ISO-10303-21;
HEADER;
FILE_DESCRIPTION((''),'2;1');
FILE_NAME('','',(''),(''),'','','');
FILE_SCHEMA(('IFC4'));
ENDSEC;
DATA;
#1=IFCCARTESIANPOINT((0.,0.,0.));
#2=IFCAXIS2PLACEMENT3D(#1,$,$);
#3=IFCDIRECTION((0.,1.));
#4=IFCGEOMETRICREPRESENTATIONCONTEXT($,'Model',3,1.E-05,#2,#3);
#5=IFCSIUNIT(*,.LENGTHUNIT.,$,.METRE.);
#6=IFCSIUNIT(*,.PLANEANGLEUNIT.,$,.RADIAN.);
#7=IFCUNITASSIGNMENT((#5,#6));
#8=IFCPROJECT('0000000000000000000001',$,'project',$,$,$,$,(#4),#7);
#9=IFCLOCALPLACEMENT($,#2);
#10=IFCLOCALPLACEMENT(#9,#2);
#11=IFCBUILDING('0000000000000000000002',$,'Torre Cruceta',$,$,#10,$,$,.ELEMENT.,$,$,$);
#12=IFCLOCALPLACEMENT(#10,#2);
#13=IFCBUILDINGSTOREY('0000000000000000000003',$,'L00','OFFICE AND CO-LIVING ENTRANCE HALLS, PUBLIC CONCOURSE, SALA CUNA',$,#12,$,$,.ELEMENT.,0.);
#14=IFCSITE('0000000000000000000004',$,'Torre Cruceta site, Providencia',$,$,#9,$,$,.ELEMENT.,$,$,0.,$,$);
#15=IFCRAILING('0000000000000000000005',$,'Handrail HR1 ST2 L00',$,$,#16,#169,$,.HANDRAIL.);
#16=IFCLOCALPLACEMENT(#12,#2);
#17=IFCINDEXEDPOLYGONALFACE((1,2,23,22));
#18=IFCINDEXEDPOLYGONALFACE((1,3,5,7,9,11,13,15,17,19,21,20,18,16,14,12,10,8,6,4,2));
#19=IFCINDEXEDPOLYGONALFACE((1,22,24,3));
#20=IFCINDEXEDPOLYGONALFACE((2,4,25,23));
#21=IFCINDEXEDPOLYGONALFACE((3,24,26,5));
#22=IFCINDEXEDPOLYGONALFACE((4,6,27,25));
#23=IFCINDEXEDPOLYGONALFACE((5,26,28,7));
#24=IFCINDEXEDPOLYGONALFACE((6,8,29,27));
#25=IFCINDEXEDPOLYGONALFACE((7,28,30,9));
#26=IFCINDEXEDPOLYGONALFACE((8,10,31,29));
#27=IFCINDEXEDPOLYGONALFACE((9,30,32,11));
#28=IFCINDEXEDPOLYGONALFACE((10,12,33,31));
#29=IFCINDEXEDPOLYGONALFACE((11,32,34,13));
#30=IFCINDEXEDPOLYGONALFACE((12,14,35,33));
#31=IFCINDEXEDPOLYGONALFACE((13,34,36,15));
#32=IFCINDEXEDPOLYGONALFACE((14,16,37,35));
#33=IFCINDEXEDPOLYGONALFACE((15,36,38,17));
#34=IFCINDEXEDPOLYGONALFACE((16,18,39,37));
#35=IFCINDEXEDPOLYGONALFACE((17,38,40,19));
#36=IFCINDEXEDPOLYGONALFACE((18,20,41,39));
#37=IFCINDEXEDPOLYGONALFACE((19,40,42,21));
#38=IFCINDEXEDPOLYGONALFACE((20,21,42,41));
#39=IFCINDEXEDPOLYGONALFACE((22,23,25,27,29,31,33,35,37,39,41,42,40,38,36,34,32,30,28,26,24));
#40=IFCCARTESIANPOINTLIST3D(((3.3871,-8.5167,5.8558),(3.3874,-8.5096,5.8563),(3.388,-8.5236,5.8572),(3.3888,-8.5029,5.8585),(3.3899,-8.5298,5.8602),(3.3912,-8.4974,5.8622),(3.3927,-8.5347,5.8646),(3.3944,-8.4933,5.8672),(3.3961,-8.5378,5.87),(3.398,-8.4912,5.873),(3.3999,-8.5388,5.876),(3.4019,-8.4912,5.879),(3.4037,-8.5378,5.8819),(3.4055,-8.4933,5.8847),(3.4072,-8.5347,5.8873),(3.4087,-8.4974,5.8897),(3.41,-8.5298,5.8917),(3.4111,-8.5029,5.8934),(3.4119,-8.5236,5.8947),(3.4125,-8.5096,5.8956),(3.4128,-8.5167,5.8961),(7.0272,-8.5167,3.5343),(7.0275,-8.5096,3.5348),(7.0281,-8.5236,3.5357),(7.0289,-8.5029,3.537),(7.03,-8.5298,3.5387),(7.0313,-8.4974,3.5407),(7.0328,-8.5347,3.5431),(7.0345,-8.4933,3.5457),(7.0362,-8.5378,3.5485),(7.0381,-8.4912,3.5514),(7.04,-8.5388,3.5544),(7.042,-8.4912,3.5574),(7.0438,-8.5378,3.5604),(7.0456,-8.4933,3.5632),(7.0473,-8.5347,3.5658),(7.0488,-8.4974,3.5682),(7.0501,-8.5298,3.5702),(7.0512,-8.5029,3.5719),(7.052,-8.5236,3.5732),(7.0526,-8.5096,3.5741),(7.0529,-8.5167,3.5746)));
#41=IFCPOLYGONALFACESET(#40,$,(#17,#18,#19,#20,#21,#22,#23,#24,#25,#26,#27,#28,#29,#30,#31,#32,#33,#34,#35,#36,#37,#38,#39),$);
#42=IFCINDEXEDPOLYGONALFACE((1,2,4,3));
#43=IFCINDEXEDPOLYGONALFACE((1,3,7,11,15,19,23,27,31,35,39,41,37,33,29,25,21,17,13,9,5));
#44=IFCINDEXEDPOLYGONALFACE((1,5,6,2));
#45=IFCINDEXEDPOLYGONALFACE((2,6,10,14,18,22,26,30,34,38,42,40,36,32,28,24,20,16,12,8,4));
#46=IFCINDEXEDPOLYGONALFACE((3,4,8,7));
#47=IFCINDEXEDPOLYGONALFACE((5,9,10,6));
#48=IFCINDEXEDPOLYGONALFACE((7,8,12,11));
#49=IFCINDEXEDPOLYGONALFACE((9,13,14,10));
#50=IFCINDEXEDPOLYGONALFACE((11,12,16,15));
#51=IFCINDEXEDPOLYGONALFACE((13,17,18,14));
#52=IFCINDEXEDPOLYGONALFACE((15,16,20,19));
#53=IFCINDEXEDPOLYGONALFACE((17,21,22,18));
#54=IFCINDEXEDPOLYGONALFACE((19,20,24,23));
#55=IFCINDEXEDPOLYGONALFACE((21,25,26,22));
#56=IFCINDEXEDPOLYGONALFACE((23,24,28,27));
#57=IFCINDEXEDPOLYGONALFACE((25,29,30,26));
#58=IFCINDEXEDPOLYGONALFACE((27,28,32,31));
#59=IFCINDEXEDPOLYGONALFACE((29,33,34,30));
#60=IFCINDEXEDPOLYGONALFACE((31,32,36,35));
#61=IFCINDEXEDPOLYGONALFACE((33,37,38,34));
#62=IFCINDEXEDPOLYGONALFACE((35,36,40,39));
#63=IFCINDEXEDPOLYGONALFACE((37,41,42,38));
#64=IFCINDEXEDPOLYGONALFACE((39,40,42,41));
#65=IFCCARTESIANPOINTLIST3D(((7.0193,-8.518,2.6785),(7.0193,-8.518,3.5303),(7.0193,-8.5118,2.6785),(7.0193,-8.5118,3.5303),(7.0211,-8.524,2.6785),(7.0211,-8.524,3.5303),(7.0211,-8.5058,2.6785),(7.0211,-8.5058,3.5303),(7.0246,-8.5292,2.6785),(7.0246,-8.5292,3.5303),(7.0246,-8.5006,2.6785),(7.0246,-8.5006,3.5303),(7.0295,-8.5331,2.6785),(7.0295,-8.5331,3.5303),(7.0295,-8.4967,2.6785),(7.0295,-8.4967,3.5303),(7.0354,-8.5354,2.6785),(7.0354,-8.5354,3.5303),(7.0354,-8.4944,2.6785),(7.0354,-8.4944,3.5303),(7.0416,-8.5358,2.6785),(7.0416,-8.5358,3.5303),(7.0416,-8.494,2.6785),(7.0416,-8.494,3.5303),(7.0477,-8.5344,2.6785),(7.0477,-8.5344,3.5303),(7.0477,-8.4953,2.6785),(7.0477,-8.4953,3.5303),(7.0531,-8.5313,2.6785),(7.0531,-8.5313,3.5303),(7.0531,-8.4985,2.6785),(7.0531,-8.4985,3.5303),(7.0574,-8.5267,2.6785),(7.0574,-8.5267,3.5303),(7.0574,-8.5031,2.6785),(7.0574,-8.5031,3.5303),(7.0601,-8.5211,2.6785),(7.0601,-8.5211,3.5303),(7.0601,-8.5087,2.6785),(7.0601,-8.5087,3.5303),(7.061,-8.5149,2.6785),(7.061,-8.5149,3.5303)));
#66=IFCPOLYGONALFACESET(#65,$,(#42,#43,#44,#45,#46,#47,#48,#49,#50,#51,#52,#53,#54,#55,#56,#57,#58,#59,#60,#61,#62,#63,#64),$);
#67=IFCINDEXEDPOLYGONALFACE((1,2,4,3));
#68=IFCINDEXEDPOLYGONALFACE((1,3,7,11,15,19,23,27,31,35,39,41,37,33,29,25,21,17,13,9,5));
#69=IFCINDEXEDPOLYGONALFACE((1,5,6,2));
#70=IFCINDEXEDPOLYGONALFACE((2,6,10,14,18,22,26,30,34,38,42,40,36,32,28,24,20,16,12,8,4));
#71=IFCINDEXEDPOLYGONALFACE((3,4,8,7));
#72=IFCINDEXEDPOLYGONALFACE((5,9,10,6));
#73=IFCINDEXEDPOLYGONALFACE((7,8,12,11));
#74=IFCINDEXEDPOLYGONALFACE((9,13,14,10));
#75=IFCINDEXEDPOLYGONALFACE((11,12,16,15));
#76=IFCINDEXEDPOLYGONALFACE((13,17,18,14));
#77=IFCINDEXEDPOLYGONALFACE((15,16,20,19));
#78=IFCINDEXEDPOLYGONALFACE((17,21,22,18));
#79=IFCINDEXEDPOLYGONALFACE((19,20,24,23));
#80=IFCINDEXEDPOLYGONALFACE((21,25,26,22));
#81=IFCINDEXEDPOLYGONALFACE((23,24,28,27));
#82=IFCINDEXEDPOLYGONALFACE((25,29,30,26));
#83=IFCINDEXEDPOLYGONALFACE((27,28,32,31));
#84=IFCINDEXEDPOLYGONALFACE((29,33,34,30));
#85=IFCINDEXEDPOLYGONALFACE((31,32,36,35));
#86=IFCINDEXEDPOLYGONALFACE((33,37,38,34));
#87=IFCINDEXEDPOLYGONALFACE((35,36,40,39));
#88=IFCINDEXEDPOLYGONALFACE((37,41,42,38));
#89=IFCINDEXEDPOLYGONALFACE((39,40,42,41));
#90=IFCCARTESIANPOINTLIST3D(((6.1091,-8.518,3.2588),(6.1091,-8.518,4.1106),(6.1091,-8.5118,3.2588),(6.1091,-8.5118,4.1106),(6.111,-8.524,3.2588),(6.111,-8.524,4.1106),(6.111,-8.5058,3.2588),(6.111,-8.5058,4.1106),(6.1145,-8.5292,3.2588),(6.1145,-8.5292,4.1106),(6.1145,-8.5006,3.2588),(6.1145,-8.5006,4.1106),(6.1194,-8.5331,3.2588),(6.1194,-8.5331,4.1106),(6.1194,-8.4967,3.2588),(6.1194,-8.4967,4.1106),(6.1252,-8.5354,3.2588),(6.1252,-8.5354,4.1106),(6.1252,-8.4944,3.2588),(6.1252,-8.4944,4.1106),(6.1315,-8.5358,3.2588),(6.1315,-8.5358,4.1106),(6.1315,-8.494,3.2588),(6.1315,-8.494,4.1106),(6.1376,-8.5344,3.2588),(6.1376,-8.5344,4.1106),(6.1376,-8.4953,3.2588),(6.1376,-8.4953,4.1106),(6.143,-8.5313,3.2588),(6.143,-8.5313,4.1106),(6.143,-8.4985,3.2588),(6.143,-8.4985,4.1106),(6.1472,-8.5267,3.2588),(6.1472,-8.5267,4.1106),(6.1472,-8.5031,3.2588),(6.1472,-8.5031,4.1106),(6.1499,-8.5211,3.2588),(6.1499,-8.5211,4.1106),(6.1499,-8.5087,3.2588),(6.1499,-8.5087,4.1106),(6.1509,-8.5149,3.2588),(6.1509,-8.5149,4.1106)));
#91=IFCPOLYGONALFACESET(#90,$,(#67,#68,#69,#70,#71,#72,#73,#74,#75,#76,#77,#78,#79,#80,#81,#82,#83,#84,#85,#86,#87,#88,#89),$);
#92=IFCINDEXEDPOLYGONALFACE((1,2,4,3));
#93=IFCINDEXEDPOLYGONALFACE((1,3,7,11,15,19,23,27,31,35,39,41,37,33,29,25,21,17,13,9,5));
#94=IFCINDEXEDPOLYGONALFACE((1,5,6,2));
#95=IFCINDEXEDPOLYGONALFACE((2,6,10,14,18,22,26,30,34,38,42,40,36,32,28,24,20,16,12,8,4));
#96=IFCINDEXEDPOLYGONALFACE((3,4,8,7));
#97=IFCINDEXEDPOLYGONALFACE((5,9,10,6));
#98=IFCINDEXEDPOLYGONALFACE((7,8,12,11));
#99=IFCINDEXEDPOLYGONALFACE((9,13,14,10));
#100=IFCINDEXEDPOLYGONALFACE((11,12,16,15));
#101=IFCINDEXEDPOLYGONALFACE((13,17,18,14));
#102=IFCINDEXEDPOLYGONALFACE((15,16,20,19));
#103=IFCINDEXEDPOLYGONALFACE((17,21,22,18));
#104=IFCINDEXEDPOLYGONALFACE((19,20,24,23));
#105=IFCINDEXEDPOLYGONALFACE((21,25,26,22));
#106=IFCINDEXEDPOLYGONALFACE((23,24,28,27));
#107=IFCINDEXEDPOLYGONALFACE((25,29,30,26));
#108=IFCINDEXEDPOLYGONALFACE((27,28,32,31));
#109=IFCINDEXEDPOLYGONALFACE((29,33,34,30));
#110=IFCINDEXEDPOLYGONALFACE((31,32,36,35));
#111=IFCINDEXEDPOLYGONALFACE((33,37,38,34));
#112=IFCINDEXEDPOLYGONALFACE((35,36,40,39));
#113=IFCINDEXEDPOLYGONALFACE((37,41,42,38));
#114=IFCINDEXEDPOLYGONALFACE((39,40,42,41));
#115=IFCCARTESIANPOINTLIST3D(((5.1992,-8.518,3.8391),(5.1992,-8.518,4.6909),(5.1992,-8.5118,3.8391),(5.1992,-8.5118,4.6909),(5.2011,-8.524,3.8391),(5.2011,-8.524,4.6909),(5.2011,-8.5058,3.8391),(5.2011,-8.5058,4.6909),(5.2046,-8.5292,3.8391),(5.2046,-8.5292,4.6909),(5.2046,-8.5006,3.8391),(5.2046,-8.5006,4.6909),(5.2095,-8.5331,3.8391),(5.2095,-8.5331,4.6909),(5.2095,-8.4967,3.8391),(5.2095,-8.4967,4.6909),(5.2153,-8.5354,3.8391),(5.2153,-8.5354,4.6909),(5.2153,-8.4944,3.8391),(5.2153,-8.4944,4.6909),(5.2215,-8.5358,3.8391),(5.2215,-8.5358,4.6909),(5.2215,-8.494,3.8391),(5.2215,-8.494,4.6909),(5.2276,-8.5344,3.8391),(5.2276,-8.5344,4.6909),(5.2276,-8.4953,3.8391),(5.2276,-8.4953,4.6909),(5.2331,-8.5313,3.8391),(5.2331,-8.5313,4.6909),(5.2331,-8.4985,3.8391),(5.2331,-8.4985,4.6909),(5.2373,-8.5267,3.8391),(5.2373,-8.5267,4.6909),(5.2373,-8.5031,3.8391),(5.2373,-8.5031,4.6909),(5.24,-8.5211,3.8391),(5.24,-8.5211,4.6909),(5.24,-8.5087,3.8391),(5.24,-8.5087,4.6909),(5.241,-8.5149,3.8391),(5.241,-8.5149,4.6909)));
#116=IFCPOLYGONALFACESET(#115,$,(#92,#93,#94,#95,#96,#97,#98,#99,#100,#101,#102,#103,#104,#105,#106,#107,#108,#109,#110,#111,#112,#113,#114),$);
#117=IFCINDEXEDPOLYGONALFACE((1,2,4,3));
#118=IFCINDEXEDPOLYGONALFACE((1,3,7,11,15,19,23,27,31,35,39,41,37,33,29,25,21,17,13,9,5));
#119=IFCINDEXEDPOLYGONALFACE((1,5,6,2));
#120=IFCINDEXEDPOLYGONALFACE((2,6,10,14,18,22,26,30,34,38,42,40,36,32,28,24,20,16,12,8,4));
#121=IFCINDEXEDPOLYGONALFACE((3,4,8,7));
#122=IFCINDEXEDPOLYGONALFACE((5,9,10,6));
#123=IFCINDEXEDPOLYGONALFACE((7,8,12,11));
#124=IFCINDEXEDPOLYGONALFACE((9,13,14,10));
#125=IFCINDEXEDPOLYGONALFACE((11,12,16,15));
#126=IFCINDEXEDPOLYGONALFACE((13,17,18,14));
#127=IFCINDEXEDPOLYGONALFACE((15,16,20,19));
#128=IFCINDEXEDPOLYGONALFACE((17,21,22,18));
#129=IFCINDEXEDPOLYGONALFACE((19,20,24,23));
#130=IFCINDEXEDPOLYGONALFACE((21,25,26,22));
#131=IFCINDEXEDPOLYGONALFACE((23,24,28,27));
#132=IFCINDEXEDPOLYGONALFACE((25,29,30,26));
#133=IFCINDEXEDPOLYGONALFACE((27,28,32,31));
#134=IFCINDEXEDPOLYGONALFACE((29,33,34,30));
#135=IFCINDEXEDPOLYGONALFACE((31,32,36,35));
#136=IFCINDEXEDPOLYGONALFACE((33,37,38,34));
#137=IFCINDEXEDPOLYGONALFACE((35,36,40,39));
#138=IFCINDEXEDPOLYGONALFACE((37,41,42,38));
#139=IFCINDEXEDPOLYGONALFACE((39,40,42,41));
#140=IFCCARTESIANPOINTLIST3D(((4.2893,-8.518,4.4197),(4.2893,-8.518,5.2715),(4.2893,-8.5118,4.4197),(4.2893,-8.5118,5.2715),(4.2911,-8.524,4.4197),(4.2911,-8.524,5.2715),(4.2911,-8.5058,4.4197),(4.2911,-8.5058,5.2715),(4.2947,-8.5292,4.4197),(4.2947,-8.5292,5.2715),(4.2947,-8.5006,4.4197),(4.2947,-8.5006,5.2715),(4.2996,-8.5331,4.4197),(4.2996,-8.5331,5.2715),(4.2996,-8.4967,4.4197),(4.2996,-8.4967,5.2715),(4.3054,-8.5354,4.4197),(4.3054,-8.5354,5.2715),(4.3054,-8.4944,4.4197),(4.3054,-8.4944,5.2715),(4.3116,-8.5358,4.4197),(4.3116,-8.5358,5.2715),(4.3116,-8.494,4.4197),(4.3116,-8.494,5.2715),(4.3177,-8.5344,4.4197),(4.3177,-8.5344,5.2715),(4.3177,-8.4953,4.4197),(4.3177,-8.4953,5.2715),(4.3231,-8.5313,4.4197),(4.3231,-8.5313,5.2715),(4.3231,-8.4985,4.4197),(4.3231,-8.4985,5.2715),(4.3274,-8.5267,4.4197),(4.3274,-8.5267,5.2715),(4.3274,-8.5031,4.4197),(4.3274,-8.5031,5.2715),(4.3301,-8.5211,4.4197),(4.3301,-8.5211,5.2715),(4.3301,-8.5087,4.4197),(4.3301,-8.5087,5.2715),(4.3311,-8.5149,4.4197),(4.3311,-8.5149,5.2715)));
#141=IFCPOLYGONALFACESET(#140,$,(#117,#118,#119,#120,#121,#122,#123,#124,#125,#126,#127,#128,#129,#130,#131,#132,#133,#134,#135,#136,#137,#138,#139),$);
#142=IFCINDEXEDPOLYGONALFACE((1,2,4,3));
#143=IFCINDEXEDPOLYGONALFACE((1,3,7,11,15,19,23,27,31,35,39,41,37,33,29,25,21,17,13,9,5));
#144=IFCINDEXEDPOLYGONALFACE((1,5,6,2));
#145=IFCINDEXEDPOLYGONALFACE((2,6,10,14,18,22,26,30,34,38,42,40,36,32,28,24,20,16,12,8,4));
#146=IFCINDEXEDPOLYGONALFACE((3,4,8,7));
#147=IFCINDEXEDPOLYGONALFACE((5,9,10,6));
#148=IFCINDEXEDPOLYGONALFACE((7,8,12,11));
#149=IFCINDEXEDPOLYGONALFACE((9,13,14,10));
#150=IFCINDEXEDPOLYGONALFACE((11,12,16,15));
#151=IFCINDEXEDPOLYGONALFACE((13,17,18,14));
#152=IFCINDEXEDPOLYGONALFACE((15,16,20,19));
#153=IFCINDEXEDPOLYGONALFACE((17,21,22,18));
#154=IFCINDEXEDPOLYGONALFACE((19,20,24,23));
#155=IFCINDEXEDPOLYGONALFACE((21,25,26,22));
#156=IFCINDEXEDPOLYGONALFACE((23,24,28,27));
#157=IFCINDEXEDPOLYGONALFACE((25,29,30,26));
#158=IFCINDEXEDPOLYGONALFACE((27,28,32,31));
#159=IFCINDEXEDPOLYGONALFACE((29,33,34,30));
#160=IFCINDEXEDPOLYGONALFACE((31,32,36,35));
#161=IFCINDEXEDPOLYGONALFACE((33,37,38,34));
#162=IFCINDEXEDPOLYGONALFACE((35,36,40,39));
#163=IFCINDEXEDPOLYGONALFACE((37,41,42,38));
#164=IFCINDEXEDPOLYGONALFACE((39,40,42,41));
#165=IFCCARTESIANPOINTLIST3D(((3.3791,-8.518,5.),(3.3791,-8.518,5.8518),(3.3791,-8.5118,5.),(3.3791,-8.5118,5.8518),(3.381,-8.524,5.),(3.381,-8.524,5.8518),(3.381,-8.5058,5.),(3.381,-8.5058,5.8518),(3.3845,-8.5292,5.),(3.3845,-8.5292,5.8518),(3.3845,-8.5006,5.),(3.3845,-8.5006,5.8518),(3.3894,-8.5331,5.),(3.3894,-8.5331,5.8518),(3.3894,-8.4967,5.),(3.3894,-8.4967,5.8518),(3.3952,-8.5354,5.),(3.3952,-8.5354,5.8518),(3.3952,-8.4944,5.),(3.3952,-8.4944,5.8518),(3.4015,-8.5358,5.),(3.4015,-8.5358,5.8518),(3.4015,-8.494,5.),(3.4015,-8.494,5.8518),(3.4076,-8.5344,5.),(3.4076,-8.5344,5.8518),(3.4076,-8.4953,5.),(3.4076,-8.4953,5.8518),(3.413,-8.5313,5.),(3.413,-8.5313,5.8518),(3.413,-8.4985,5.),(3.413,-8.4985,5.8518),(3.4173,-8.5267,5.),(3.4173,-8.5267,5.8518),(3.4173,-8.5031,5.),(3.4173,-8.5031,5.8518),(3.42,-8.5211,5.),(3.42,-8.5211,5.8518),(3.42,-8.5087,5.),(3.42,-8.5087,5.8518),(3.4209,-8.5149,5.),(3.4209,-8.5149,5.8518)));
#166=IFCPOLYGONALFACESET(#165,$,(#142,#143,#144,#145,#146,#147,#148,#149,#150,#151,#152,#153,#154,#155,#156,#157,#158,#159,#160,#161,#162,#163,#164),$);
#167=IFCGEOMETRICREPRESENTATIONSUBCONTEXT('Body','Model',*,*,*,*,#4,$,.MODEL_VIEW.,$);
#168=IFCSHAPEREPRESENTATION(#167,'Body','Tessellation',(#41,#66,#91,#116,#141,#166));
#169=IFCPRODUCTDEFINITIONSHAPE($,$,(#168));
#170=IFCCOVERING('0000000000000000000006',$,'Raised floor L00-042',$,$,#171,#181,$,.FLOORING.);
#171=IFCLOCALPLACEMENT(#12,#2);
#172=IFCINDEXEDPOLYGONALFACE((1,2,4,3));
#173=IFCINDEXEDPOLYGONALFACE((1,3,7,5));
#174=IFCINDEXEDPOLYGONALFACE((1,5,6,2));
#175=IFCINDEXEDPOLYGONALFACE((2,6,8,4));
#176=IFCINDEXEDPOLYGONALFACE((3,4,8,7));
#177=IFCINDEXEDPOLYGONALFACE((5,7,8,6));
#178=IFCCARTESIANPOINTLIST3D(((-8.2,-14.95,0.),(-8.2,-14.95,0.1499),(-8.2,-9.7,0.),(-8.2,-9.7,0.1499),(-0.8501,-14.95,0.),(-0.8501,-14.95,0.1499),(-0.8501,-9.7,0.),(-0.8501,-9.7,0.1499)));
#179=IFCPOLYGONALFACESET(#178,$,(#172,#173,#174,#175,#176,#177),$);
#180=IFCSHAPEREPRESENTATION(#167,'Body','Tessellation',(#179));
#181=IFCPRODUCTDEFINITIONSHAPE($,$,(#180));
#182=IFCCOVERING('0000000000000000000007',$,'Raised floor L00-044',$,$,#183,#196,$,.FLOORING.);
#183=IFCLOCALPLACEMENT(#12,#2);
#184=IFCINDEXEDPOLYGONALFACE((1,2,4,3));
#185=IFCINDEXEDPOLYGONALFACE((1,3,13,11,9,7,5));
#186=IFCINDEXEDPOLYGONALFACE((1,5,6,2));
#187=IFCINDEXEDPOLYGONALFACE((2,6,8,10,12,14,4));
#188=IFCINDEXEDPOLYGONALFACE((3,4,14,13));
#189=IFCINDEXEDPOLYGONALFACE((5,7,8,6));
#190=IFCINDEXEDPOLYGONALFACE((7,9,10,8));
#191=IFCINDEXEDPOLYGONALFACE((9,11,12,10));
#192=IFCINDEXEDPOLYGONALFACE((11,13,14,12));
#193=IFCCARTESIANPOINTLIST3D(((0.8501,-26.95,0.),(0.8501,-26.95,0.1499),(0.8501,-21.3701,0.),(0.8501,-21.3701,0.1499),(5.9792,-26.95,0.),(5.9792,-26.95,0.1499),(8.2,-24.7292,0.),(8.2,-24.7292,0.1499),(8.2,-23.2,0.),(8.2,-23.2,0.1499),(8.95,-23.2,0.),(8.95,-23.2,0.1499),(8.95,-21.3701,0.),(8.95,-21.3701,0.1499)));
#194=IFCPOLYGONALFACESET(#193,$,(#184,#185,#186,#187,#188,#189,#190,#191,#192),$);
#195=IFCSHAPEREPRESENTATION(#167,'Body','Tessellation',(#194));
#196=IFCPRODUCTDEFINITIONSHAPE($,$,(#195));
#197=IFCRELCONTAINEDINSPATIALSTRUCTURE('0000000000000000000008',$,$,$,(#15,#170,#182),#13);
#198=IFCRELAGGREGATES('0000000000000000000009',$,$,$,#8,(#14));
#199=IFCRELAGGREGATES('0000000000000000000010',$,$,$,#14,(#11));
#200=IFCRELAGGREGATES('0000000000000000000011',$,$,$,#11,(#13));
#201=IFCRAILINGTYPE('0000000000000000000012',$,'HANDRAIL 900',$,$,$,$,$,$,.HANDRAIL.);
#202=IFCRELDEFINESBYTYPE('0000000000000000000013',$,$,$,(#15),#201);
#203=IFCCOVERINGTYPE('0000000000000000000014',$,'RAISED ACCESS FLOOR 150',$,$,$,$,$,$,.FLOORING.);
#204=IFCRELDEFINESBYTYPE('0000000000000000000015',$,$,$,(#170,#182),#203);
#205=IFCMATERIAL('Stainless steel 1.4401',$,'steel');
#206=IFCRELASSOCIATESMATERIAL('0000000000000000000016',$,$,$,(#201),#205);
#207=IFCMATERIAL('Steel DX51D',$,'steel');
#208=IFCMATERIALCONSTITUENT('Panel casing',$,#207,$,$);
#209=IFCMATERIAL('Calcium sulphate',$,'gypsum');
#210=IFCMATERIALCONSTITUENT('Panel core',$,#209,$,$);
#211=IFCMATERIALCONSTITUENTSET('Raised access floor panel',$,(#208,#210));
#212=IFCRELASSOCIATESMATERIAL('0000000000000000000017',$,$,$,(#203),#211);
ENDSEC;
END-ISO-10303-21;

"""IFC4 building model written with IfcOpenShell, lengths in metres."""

from ifc_helpers import new_model, si_unit, direction, frame, origin, origin_2d, place, context, subcontext, project, spatial, polyline, circle, outline, extrude, material, constituent, constituent_set, type_object, element, save


model = new_model("IFC4")

# Units and contexts
model_context = context("Model", 3, precision=1e-05, world=origin(), true_north=direction((0.0, 1.0)))
body_context = subcontext(model_context, "Body", "Model", "MODEL_VIEW")
ifc_project = project(units=[si_unit("LENGTHUNIT", "METRE"), si_unit("PLANEANGLEUNIT", "RADIAN")], contexts=[model_context])

# Site, building, storey
site_placement = place(None, origin())
site = spatial("IfcSite", under=ifc_project, at=site_placement, Name="Torre Cruceta site, Providencia", CompositionType="ELEMENT", RefElevation=0.0)
building_placement = place(site_placement, origin())
building = spatial("IfcBuilding", under=site, at=building_placement, Name="Torre Cruceta", CompositionType="ELEMENT")
storey_placement = place(building_placement, origin())
storey = spatial("IfcBuildingStorey", under=building, at=storey_placement, Name="L00", Description="OFFICE AND CO-LIVING ENTRANCE HALLS, PUBLIC CONCOURSE, SALA CUNA", CompositionType="ELEMENT", Elevation=0.0)

# Railing
ifc_material_1 = material(Name="Stainless steel 1.4401", Category="steel")
railing_type = type_object("IfcRailingType", Name="HANDRAIL 900", PredefinedType="HANDRAIL", material=ifc_material_1)
railing_1_placement = place(storey_placement, frame((7.04, -8.5149, 2.6785)))
element("IfcRailing", 1, at=railing_1_placement, inside=storey, type_object=railing_type, Name="Handrail HR1 ST2 L00", PredefinedType="HANDRAIL", context=body_context, shape_type="SweptSolid", body=[
    extrude(circle(Radius=0.0239, at=origin_2d()), frame((0.0, 0.0, 0.876), z_axis=(-0.843128, 0.0, 0.537713), x_axis=(0.0, -1.0, 0.0)), (0.0, 0.0, 1.0), 4.3174),
    extrude(circle(Radius=0.021, at=origin_2d()), origin(), (0.0, 0.0, 1.0), 0.8518),
    extrude(circle(Radius=0.021, at=origin_2d()), frame((-0.9102, 0.0, 0.5803)), (0.0, 0.0, 1.0), 0.8518),
    extrude(circle(Radius=0.021, at=origin_2d()), frame((-1.8201, 0.0, 1.1606)), (0.0, 0.0, 1.0), 0.8518),
    extrude(circle(Radius=0.021, at=origin_2d()), frame((-2.73, 0.0, 1.7412)), (0.0, 0.0, 1.0), 0.8518),
    extrude(circle(Radius=0.021, at=origin_2d()), frame((-3.6401, 0.0, 2.3215)), (0.0, 0.0, 1.0), 0.8518),
])

# Coverings
ifc_material_2 = material(Name="Steel DX51D", Category="steel")
ifc_constituent_1 = constituent(ifc_material_2, Name="Panel casing")
ifc_material_3 = material(Name="Calcium sulphate", Category="gypsum")
ifc_constituent_2 = constituent(ifc_material_3, Name="Panel core")
ifc_constituent_set_1 = constituent_set(constituents=[ifc_constituent_1, ifc_constituent_2], Name="Raised access floor panel")
covering_type_1 = type_object("IfcCoveringType", Name="RAISED ACCESS FLOOR 150", PredefinedType="FLOORING", material=ifc_constituent_set_1)
covering_1_placement = place(storey_placement, origin())
element("IfcCovering", 2, at=covering_1_placement, inside=storey, type_object=covering_type_1, Name="Raised floor L00-042", PredefinedType="FLOORING", context=body_context, shape_type="SweptSolid", body=[
    extrude(outline(polyline([(-8.2, -9.7), (-0.8501, -9.7), (-0.8501, -14.95), (-8.2, -14.95), (-8.2, -9.7)])), origin(), (0.0, 0.0, 1.0), 0.1499),
])
covering_2_placement = place(storey_placement, origin())
element("IfcCovering", 3, at=covering_2_placement, inside=storey, type_object=covering_type_1, Name="Raised floor L00-044", PredefinedType="FLOORING", context=body_context, shape_type="SweptSolid", body=[
    extrude(outline(polyline([(8.95, -21.3701), (8.95, -23.2), (8.2, -23.2), (8.2, -24.7292), (5.9792, -26.95), (0.8501, -26.95), (0.8501, -21.3701), (8.95, -21.3701)])), origin(), (0.0, 0.0, 1.0), 0.1499),
])

save(model, "model.ifc")
